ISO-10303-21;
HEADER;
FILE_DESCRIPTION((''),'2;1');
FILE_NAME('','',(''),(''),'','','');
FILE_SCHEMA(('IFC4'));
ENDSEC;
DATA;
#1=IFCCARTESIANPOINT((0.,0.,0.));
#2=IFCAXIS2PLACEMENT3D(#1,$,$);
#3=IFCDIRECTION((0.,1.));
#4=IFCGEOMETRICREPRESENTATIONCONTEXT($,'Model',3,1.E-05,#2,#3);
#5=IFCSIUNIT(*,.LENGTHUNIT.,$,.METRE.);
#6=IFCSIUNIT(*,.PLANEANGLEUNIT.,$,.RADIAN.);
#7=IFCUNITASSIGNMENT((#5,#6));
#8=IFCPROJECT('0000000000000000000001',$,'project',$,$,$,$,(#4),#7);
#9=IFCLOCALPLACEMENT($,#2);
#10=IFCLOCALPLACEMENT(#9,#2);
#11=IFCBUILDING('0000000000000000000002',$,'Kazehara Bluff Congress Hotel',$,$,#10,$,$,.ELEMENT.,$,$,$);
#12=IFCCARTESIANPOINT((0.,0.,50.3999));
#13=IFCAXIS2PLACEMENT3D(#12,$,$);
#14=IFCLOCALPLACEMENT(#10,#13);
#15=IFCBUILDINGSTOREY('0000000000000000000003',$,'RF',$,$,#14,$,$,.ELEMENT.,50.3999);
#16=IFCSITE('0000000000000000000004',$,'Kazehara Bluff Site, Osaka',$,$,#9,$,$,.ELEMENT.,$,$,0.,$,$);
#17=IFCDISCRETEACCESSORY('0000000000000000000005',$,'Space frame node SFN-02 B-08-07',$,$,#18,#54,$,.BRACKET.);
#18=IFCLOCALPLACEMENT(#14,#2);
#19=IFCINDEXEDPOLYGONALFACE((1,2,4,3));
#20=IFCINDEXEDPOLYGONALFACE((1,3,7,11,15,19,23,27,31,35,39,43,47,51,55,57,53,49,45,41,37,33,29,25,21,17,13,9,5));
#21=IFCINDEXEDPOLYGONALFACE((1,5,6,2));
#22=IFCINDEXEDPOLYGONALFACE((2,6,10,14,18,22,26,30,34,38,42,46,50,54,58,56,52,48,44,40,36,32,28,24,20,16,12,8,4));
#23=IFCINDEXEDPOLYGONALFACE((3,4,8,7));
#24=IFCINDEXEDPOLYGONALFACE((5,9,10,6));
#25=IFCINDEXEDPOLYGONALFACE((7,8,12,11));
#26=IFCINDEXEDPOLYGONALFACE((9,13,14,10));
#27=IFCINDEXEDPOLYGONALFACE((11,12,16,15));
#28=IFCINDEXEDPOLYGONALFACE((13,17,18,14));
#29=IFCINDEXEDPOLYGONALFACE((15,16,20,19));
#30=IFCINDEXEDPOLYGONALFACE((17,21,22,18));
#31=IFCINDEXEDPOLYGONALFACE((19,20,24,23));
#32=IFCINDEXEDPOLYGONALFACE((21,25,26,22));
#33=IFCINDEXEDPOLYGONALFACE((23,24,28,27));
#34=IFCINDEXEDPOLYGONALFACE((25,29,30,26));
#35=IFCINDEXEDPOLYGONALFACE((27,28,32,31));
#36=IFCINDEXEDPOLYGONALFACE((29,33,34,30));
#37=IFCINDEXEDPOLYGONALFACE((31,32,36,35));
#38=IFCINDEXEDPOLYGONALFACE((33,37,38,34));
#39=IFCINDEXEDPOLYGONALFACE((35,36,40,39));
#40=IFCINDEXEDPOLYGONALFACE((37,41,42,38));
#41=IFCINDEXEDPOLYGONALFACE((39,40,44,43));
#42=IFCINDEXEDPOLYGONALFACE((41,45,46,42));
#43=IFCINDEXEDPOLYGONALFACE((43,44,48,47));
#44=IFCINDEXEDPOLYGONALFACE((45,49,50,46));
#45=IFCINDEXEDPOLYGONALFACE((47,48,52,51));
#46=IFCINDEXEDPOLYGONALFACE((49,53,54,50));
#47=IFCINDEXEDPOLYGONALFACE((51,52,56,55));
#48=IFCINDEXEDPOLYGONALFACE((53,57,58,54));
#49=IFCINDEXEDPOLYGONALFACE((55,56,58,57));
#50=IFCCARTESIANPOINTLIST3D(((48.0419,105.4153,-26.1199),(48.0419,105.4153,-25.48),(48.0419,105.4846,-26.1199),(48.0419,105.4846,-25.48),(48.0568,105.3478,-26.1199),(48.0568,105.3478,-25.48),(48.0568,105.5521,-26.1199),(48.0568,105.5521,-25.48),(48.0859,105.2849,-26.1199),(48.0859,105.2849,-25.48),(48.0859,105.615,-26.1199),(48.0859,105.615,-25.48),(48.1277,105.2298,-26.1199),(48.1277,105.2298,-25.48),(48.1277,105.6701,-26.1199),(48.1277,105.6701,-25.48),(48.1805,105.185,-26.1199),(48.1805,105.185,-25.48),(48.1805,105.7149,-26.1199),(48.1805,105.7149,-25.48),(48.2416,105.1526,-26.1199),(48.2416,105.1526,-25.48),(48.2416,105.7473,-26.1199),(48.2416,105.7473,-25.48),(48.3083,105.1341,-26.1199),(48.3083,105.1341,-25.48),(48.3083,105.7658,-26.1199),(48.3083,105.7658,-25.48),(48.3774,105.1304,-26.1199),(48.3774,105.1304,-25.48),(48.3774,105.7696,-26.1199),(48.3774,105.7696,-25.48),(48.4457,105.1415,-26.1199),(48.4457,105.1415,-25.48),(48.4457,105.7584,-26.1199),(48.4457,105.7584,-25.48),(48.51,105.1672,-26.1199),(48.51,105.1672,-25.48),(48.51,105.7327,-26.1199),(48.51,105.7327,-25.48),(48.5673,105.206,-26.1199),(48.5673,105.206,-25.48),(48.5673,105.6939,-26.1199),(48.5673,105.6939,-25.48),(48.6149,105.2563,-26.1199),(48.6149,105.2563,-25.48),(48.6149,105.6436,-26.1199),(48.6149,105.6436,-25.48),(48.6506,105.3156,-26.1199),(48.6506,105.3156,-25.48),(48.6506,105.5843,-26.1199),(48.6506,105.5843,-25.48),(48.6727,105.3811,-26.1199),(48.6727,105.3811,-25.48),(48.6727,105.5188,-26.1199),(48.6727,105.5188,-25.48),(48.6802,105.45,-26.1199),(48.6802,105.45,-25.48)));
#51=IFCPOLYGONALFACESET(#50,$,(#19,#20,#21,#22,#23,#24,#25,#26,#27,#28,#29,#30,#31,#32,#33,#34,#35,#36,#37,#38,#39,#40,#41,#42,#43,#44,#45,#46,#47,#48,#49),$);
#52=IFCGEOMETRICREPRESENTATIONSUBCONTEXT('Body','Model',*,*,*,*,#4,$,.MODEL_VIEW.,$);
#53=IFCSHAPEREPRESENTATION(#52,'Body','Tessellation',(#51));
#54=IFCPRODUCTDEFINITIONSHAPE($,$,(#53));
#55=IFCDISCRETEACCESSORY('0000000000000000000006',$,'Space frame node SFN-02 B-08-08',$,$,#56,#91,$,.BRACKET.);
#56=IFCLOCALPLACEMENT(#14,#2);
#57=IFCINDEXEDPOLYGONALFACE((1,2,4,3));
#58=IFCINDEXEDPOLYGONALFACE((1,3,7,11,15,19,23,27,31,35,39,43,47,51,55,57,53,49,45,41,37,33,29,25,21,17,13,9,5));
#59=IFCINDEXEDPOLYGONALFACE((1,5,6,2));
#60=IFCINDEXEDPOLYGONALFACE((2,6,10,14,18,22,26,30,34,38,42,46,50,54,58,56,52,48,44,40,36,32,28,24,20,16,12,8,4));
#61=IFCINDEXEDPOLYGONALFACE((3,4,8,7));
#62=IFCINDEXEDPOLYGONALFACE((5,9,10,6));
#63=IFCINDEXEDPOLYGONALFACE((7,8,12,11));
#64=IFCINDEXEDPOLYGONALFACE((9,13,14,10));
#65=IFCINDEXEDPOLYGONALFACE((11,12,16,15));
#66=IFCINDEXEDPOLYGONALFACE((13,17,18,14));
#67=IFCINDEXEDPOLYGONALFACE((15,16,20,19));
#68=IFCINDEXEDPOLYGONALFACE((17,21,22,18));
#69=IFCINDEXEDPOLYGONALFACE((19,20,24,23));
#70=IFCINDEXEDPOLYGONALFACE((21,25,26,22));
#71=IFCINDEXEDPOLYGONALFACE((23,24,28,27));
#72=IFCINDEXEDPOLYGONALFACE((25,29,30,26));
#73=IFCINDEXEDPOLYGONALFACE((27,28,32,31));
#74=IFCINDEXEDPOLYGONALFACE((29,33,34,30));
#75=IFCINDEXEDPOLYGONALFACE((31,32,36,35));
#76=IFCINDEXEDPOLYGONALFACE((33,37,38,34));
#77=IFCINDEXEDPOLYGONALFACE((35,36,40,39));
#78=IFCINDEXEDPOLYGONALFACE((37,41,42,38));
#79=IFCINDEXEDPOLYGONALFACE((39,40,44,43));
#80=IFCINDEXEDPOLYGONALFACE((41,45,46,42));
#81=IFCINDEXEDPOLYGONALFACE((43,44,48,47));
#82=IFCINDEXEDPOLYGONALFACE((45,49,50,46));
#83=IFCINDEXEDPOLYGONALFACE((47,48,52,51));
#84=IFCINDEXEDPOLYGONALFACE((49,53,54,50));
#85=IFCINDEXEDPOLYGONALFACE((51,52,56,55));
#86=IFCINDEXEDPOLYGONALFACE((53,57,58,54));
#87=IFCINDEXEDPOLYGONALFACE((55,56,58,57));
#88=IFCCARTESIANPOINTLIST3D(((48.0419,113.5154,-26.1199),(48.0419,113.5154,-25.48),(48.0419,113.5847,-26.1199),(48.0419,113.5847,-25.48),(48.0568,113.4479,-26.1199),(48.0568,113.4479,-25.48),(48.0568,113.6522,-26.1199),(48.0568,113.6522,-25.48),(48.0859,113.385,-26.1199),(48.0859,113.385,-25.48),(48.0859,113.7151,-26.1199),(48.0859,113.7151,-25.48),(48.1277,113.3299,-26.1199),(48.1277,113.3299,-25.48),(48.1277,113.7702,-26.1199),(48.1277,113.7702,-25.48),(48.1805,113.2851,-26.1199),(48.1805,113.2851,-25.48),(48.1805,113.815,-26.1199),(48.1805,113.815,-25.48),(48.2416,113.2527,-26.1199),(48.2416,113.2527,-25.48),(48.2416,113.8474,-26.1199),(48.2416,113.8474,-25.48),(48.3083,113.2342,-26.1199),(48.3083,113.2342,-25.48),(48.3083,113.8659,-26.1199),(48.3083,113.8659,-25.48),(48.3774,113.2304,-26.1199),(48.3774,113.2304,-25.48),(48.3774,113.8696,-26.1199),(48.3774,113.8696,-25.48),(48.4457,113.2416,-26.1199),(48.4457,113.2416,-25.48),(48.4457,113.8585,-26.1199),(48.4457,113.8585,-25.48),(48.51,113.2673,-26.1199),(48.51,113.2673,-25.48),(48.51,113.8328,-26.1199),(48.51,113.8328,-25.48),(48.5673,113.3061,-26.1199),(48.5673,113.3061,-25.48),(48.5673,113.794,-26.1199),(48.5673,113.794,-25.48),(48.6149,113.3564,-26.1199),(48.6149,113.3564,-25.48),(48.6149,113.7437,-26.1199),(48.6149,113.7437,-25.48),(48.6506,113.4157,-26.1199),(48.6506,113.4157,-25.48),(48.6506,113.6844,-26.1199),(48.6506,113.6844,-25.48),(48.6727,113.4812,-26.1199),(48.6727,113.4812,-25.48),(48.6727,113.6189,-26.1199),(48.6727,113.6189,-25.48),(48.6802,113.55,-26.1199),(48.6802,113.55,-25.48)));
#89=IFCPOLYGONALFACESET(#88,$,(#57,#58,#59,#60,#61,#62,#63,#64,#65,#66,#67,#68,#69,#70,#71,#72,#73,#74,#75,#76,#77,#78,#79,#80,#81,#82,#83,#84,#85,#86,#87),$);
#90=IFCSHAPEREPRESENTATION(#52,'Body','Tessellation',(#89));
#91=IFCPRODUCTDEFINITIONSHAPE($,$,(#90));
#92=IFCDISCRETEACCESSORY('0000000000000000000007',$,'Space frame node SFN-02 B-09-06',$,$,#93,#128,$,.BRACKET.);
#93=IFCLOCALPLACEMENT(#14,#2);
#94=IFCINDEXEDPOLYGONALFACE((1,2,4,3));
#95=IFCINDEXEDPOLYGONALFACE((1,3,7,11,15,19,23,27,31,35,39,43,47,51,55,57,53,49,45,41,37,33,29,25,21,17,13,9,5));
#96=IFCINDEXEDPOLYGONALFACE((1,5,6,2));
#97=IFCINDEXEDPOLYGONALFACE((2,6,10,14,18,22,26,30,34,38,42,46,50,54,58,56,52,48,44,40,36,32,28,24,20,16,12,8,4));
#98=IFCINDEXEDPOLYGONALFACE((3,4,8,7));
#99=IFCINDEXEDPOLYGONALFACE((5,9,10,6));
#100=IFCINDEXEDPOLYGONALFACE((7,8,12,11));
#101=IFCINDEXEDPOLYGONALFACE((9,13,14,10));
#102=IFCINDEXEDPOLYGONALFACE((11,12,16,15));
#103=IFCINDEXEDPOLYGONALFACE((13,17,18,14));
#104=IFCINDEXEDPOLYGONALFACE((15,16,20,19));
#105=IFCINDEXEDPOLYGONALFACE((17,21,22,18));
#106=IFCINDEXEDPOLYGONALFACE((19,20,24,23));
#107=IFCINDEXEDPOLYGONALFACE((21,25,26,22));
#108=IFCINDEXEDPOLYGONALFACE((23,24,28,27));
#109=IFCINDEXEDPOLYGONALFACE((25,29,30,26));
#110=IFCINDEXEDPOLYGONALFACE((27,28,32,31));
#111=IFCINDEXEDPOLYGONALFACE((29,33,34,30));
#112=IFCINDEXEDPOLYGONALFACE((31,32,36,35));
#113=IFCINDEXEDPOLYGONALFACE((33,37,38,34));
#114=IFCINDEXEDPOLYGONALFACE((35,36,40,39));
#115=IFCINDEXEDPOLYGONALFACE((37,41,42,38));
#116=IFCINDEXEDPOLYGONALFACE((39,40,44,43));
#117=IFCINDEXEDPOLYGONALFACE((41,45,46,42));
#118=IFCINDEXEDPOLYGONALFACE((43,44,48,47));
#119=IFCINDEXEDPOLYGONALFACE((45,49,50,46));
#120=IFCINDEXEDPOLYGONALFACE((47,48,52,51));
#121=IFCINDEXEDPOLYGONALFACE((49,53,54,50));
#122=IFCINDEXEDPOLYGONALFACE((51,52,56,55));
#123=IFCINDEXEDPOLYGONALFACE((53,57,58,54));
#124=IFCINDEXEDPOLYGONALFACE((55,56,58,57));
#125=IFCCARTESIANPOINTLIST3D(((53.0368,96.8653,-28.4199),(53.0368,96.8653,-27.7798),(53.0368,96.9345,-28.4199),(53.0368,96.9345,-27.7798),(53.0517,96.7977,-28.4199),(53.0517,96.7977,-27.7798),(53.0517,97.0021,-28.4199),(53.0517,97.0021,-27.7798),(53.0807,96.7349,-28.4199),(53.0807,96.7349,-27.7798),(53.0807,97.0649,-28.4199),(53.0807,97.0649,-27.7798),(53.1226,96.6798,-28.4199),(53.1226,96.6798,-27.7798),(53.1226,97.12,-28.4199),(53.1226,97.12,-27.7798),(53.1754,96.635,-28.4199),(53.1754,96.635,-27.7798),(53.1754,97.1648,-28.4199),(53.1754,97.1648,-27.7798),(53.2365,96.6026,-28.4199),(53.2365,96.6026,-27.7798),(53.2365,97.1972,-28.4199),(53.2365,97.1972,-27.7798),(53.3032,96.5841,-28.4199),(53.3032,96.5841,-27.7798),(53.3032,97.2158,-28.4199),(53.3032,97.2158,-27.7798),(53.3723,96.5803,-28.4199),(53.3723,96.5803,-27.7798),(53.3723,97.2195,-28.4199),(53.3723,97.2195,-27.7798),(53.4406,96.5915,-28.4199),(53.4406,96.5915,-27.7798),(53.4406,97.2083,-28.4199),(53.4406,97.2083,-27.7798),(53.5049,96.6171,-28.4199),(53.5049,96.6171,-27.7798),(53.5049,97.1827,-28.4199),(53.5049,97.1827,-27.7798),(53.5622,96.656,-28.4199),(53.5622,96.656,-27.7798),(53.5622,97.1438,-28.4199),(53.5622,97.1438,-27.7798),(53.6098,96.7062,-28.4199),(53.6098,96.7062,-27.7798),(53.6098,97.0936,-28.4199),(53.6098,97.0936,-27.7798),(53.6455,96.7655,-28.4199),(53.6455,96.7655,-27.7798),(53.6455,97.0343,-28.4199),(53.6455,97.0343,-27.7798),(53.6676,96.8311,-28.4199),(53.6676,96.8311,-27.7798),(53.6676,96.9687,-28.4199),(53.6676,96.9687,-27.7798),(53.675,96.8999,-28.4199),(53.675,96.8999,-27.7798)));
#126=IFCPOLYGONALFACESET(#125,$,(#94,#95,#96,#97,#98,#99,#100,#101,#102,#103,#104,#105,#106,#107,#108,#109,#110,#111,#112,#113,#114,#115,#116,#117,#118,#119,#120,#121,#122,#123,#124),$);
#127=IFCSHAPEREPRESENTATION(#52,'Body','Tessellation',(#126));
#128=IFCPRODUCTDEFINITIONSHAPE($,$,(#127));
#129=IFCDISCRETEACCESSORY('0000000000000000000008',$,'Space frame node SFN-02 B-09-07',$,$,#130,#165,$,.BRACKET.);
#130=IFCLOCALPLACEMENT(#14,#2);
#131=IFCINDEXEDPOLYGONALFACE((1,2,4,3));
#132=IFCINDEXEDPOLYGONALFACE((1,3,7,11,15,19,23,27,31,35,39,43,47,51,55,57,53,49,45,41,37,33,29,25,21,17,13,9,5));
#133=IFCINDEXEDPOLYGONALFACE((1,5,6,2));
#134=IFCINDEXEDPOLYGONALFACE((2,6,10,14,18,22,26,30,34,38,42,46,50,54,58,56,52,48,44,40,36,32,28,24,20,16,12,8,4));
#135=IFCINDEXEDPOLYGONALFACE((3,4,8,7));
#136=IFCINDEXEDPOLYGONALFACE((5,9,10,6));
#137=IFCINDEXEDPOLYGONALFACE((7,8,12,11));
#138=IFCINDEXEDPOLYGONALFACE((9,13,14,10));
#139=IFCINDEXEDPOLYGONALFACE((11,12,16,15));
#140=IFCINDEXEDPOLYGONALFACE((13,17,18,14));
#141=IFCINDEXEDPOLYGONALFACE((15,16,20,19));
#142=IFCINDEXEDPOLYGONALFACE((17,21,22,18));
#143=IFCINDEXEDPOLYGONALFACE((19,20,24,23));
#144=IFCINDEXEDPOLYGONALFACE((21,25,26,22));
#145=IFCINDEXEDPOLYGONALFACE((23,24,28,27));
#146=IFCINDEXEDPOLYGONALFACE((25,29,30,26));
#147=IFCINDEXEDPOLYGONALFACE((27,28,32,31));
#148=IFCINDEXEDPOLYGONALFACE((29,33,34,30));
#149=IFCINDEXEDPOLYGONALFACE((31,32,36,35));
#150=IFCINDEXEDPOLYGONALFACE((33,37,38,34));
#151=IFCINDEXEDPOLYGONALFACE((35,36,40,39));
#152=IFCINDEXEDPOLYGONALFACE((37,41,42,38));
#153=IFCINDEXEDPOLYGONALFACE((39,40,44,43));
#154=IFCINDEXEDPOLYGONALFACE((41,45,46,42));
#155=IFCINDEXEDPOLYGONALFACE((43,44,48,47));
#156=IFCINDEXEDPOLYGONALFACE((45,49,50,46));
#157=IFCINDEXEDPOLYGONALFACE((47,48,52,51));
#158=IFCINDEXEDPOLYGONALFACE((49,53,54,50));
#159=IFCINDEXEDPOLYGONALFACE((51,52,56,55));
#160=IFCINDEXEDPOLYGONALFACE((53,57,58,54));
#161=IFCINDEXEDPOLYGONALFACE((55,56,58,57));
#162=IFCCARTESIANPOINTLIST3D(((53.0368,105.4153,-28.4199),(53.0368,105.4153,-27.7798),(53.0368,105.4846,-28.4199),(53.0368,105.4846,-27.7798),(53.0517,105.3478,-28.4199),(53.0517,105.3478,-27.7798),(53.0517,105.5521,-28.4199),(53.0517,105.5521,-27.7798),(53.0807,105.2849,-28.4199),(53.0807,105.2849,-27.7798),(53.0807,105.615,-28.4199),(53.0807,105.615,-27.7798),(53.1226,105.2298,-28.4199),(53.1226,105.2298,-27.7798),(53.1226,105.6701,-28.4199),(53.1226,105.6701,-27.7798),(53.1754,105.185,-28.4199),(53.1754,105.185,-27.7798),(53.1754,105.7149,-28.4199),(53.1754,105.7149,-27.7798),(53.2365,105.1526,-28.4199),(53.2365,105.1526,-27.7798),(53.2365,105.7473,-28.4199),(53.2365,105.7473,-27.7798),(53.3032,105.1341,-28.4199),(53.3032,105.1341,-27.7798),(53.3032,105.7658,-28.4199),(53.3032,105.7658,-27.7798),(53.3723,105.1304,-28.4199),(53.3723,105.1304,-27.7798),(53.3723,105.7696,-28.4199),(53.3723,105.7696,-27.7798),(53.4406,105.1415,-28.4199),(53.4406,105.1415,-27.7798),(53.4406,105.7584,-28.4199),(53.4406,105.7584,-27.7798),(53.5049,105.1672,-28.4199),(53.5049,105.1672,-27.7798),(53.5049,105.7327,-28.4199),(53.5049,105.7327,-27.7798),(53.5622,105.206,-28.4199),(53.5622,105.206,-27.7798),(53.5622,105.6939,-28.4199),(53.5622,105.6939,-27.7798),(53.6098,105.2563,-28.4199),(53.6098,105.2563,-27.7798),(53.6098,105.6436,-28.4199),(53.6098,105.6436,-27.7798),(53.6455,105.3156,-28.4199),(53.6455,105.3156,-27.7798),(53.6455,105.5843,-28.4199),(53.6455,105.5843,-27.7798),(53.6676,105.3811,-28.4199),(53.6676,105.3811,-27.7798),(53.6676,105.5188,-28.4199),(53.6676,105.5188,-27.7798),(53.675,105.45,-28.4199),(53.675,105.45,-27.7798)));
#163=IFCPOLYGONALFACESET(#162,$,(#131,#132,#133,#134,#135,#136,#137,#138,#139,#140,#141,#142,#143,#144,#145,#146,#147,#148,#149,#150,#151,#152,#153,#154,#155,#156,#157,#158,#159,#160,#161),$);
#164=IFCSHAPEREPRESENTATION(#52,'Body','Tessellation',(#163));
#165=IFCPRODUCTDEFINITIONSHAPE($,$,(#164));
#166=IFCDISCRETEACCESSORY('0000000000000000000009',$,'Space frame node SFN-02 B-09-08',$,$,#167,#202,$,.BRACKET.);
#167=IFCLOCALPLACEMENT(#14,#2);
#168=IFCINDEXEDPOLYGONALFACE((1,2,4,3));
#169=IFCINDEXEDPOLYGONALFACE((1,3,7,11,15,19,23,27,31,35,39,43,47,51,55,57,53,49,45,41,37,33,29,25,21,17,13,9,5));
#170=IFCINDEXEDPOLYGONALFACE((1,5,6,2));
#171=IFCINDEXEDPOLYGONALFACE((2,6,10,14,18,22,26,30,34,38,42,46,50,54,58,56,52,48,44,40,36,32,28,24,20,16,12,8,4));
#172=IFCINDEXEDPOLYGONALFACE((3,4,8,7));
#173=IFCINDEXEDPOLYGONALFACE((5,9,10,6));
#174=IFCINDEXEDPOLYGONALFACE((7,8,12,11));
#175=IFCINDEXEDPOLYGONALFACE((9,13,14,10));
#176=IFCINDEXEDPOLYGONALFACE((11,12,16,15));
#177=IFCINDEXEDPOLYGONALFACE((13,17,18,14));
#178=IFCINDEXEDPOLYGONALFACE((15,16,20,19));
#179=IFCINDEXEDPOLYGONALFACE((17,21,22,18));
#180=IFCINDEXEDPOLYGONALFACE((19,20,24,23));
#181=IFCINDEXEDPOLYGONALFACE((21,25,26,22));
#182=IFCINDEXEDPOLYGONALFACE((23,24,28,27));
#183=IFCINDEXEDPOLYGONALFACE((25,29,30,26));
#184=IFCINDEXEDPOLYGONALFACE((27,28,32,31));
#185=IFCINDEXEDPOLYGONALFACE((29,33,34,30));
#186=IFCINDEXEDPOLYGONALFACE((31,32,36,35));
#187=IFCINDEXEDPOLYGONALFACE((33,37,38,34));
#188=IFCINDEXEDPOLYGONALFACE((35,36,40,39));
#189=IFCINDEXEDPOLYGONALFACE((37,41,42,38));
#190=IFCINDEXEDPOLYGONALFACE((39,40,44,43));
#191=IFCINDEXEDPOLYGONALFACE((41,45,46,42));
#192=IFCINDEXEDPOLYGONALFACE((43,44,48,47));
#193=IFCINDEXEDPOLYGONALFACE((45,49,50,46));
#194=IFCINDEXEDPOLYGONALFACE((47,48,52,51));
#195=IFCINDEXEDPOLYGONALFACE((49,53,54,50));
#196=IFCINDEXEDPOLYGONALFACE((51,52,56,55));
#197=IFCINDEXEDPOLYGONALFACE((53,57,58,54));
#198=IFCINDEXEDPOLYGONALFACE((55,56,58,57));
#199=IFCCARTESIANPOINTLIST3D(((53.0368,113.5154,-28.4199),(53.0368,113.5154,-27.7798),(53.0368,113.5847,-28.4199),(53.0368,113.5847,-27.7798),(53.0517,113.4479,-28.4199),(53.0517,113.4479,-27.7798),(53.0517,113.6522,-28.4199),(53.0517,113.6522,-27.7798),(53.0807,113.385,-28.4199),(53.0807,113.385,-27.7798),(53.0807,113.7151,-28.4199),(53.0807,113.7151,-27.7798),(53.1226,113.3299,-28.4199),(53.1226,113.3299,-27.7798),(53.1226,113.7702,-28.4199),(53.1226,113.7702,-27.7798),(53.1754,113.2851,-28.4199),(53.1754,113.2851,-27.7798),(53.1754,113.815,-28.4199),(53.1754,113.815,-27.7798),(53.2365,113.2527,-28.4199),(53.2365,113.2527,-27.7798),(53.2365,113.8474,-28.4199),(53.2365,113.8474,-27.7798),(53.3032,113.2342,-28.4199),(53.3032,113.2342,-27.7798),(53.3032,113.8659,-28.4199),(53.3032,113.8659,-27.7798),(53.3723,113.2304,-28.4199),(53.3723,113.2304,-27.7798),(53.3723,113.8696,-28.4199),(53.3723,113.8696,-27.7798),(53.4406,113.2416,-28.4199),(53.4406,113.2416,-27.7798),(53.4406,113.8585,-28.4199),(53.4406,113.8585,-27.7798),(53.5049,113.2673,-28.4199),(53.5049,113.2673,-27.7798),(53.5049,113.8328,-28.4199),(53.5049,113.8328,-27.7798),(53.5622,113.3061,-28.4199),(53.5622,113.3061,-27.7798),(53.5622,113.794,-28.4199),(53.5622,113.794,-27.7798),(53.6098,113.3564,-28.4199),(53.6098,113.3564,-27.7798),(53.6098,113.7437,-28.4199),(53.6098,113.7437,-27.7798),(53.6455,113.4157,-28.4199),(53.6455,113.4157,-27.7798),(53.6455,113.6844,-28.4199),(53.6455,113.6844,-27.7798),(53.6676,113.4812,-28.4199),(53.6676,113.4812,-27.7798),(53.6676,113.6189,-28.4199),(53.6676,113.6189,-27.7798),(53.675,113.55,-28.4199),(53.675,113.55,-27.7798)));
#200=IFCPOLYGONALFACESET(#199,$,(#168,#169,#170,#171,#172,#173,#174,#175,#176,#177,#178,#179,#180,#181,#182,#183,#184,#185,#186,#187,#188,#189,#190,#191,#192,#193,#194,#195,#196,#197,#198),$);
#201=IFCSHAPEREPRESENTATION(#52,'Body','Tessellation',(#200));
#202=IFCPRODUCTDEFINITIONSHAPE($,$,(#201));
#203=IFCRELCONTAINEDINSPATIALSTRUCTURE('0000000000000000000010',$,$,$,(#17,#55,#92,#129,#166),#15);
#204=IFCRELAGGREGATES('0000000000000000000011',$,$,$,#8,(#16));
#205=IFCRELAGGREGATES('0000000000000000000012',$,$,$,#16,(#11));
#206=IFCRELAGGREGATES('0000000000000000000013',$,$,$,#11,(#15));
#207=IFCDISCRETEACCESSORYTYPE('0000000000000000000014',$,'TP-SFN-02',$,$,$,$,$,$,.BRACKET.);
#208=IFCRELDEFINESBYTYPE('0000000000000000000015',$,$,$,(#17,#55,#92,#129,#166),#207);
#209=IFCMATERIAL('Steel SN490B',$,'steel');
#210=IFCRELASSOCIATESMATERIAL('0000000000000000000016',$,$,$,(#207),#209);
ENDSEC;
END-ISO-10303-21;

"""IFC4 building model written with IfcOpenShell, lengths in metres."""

from ifc_helpers import new_model, si_unit, direction, frame, origin, origin_2d, place, context, subcontext, project, spatial, circle, extrude, material, material_profile, profile_set, type_object, element, save


model = new_model("IFC4")

# Units and contexts
model_context = context("Model", 3, precision=1e-05, world=origin(), true_north=direction((0.0, 1.0)))
body_context = subcontext(model_context, "Body", "Model", "MODEL_VIEW")
ifc_project = project(units=[si_unit("LENGTHUNIT", "METRE"), si_unit("PLANEANGLEUNIT", "RADIAN")], contexts=[model_context])

# Site, building, storey
site_placement = place(None, origin())
site = spatial("IfcSite", under=ifc_project, at=site_placement, Name="Kazehara Bluff Site, Osaka", CompositionType="ELEMENT", RefElevation=0.0)
building_placement = place(site_placement, origin())
building = spatial("IfcBuilding", under=site, at=building_placement, Name="Kazehara Bluff Congress Hotel", CompositionType="ELEMENT")
storey_placement = place(building_placement, frame((0.0, 0.0, 50.3999)))
storey = spatial("IfcBuildingStorey", under=building, at=storey_placement, Name="RF", CompositionType="ELEMENT", Elevation=50.3999)

# Discrete accessories
ifc_material_1 = material(Name="Steel SN490B", Category="steel")
ifc_material_profile_1 = material_profile(ifc_material_1, circle(Radius=0.3201, at=origin_2d()))
ifc_profile_set_1 = profile_set([ifc_material_profile_1], Name="Steel SN490B")
discrete_accessory_type_1 = type_object("IfcDiscreteAccessoryType", Name="TP-SFN-02", PredefinedType="BRACKET", material=ifc_profile_set_1)
for number, where, z_axis, x_axis, name in (
    (1, (48.3601, 105.45, -26.1199), (0.0, 0.0, 1.0), (1.0, 0.0, 0.0), "Space frame node SFN-02 B-08-07"),
    (2, (48.3601, 113.55, -26.1199), (0.0, 0.0, 1.0), (1.0, 0.0, 0.0), "Space frame node SFN-02 B-08-08"),
):
    element("IfcDiscreteAccessory", number, at=place(storey_placement, frame(where, z_axis=z_axis, x_axis=x_axis)), inside=storey, type_object=discrete_accessory_type_1, Name=name, PredefinedType="BRACKET", context=body_context, shape_type="SweptSolid", body=[
        extrude(circle(Radius=0.3201, at=origin_2d()), origin(), (0.0, 0.0, 1.0), 0.6399),
    ])
for number, where, z_axis, x_axis, name in (
    (3, (53.355, 96.8999, -28.4199), (0.0, 0.0, 1.0), (1.0, 0.0, 0.0), "Space frame node SFN-02 B-09-06"),
    (4, (53.355, 105.45, -28.4199), (0.0, 0.0, 1.0), (1.0, 0.0, 0.0), "Space frame node SFN-02 B-09-07"),
    (5, (53.355, 113.55, -28.4199), (0.0, 0.0, 1.0), (1.0, 0.0, 0.0), "Space frame node SFN-02 B-09-08"),
):
    element("IfcDiscreteAccessory", number, at=place(storey_placement, frame(where, z_axis=z_axis, x_axis=x_axis)), inside=storey, type_object=discrete_accessory_type_1, Name=name, PredefinedType="BRACKET", context=body_context, shape_type="SweptSolid", body=[
        extrude(circle(Radius=0.3201, at=origin_2d()), origin(), (0.0, 0.0, 1.0), 0.6401),
    ])

save(model, "model.ifc")
